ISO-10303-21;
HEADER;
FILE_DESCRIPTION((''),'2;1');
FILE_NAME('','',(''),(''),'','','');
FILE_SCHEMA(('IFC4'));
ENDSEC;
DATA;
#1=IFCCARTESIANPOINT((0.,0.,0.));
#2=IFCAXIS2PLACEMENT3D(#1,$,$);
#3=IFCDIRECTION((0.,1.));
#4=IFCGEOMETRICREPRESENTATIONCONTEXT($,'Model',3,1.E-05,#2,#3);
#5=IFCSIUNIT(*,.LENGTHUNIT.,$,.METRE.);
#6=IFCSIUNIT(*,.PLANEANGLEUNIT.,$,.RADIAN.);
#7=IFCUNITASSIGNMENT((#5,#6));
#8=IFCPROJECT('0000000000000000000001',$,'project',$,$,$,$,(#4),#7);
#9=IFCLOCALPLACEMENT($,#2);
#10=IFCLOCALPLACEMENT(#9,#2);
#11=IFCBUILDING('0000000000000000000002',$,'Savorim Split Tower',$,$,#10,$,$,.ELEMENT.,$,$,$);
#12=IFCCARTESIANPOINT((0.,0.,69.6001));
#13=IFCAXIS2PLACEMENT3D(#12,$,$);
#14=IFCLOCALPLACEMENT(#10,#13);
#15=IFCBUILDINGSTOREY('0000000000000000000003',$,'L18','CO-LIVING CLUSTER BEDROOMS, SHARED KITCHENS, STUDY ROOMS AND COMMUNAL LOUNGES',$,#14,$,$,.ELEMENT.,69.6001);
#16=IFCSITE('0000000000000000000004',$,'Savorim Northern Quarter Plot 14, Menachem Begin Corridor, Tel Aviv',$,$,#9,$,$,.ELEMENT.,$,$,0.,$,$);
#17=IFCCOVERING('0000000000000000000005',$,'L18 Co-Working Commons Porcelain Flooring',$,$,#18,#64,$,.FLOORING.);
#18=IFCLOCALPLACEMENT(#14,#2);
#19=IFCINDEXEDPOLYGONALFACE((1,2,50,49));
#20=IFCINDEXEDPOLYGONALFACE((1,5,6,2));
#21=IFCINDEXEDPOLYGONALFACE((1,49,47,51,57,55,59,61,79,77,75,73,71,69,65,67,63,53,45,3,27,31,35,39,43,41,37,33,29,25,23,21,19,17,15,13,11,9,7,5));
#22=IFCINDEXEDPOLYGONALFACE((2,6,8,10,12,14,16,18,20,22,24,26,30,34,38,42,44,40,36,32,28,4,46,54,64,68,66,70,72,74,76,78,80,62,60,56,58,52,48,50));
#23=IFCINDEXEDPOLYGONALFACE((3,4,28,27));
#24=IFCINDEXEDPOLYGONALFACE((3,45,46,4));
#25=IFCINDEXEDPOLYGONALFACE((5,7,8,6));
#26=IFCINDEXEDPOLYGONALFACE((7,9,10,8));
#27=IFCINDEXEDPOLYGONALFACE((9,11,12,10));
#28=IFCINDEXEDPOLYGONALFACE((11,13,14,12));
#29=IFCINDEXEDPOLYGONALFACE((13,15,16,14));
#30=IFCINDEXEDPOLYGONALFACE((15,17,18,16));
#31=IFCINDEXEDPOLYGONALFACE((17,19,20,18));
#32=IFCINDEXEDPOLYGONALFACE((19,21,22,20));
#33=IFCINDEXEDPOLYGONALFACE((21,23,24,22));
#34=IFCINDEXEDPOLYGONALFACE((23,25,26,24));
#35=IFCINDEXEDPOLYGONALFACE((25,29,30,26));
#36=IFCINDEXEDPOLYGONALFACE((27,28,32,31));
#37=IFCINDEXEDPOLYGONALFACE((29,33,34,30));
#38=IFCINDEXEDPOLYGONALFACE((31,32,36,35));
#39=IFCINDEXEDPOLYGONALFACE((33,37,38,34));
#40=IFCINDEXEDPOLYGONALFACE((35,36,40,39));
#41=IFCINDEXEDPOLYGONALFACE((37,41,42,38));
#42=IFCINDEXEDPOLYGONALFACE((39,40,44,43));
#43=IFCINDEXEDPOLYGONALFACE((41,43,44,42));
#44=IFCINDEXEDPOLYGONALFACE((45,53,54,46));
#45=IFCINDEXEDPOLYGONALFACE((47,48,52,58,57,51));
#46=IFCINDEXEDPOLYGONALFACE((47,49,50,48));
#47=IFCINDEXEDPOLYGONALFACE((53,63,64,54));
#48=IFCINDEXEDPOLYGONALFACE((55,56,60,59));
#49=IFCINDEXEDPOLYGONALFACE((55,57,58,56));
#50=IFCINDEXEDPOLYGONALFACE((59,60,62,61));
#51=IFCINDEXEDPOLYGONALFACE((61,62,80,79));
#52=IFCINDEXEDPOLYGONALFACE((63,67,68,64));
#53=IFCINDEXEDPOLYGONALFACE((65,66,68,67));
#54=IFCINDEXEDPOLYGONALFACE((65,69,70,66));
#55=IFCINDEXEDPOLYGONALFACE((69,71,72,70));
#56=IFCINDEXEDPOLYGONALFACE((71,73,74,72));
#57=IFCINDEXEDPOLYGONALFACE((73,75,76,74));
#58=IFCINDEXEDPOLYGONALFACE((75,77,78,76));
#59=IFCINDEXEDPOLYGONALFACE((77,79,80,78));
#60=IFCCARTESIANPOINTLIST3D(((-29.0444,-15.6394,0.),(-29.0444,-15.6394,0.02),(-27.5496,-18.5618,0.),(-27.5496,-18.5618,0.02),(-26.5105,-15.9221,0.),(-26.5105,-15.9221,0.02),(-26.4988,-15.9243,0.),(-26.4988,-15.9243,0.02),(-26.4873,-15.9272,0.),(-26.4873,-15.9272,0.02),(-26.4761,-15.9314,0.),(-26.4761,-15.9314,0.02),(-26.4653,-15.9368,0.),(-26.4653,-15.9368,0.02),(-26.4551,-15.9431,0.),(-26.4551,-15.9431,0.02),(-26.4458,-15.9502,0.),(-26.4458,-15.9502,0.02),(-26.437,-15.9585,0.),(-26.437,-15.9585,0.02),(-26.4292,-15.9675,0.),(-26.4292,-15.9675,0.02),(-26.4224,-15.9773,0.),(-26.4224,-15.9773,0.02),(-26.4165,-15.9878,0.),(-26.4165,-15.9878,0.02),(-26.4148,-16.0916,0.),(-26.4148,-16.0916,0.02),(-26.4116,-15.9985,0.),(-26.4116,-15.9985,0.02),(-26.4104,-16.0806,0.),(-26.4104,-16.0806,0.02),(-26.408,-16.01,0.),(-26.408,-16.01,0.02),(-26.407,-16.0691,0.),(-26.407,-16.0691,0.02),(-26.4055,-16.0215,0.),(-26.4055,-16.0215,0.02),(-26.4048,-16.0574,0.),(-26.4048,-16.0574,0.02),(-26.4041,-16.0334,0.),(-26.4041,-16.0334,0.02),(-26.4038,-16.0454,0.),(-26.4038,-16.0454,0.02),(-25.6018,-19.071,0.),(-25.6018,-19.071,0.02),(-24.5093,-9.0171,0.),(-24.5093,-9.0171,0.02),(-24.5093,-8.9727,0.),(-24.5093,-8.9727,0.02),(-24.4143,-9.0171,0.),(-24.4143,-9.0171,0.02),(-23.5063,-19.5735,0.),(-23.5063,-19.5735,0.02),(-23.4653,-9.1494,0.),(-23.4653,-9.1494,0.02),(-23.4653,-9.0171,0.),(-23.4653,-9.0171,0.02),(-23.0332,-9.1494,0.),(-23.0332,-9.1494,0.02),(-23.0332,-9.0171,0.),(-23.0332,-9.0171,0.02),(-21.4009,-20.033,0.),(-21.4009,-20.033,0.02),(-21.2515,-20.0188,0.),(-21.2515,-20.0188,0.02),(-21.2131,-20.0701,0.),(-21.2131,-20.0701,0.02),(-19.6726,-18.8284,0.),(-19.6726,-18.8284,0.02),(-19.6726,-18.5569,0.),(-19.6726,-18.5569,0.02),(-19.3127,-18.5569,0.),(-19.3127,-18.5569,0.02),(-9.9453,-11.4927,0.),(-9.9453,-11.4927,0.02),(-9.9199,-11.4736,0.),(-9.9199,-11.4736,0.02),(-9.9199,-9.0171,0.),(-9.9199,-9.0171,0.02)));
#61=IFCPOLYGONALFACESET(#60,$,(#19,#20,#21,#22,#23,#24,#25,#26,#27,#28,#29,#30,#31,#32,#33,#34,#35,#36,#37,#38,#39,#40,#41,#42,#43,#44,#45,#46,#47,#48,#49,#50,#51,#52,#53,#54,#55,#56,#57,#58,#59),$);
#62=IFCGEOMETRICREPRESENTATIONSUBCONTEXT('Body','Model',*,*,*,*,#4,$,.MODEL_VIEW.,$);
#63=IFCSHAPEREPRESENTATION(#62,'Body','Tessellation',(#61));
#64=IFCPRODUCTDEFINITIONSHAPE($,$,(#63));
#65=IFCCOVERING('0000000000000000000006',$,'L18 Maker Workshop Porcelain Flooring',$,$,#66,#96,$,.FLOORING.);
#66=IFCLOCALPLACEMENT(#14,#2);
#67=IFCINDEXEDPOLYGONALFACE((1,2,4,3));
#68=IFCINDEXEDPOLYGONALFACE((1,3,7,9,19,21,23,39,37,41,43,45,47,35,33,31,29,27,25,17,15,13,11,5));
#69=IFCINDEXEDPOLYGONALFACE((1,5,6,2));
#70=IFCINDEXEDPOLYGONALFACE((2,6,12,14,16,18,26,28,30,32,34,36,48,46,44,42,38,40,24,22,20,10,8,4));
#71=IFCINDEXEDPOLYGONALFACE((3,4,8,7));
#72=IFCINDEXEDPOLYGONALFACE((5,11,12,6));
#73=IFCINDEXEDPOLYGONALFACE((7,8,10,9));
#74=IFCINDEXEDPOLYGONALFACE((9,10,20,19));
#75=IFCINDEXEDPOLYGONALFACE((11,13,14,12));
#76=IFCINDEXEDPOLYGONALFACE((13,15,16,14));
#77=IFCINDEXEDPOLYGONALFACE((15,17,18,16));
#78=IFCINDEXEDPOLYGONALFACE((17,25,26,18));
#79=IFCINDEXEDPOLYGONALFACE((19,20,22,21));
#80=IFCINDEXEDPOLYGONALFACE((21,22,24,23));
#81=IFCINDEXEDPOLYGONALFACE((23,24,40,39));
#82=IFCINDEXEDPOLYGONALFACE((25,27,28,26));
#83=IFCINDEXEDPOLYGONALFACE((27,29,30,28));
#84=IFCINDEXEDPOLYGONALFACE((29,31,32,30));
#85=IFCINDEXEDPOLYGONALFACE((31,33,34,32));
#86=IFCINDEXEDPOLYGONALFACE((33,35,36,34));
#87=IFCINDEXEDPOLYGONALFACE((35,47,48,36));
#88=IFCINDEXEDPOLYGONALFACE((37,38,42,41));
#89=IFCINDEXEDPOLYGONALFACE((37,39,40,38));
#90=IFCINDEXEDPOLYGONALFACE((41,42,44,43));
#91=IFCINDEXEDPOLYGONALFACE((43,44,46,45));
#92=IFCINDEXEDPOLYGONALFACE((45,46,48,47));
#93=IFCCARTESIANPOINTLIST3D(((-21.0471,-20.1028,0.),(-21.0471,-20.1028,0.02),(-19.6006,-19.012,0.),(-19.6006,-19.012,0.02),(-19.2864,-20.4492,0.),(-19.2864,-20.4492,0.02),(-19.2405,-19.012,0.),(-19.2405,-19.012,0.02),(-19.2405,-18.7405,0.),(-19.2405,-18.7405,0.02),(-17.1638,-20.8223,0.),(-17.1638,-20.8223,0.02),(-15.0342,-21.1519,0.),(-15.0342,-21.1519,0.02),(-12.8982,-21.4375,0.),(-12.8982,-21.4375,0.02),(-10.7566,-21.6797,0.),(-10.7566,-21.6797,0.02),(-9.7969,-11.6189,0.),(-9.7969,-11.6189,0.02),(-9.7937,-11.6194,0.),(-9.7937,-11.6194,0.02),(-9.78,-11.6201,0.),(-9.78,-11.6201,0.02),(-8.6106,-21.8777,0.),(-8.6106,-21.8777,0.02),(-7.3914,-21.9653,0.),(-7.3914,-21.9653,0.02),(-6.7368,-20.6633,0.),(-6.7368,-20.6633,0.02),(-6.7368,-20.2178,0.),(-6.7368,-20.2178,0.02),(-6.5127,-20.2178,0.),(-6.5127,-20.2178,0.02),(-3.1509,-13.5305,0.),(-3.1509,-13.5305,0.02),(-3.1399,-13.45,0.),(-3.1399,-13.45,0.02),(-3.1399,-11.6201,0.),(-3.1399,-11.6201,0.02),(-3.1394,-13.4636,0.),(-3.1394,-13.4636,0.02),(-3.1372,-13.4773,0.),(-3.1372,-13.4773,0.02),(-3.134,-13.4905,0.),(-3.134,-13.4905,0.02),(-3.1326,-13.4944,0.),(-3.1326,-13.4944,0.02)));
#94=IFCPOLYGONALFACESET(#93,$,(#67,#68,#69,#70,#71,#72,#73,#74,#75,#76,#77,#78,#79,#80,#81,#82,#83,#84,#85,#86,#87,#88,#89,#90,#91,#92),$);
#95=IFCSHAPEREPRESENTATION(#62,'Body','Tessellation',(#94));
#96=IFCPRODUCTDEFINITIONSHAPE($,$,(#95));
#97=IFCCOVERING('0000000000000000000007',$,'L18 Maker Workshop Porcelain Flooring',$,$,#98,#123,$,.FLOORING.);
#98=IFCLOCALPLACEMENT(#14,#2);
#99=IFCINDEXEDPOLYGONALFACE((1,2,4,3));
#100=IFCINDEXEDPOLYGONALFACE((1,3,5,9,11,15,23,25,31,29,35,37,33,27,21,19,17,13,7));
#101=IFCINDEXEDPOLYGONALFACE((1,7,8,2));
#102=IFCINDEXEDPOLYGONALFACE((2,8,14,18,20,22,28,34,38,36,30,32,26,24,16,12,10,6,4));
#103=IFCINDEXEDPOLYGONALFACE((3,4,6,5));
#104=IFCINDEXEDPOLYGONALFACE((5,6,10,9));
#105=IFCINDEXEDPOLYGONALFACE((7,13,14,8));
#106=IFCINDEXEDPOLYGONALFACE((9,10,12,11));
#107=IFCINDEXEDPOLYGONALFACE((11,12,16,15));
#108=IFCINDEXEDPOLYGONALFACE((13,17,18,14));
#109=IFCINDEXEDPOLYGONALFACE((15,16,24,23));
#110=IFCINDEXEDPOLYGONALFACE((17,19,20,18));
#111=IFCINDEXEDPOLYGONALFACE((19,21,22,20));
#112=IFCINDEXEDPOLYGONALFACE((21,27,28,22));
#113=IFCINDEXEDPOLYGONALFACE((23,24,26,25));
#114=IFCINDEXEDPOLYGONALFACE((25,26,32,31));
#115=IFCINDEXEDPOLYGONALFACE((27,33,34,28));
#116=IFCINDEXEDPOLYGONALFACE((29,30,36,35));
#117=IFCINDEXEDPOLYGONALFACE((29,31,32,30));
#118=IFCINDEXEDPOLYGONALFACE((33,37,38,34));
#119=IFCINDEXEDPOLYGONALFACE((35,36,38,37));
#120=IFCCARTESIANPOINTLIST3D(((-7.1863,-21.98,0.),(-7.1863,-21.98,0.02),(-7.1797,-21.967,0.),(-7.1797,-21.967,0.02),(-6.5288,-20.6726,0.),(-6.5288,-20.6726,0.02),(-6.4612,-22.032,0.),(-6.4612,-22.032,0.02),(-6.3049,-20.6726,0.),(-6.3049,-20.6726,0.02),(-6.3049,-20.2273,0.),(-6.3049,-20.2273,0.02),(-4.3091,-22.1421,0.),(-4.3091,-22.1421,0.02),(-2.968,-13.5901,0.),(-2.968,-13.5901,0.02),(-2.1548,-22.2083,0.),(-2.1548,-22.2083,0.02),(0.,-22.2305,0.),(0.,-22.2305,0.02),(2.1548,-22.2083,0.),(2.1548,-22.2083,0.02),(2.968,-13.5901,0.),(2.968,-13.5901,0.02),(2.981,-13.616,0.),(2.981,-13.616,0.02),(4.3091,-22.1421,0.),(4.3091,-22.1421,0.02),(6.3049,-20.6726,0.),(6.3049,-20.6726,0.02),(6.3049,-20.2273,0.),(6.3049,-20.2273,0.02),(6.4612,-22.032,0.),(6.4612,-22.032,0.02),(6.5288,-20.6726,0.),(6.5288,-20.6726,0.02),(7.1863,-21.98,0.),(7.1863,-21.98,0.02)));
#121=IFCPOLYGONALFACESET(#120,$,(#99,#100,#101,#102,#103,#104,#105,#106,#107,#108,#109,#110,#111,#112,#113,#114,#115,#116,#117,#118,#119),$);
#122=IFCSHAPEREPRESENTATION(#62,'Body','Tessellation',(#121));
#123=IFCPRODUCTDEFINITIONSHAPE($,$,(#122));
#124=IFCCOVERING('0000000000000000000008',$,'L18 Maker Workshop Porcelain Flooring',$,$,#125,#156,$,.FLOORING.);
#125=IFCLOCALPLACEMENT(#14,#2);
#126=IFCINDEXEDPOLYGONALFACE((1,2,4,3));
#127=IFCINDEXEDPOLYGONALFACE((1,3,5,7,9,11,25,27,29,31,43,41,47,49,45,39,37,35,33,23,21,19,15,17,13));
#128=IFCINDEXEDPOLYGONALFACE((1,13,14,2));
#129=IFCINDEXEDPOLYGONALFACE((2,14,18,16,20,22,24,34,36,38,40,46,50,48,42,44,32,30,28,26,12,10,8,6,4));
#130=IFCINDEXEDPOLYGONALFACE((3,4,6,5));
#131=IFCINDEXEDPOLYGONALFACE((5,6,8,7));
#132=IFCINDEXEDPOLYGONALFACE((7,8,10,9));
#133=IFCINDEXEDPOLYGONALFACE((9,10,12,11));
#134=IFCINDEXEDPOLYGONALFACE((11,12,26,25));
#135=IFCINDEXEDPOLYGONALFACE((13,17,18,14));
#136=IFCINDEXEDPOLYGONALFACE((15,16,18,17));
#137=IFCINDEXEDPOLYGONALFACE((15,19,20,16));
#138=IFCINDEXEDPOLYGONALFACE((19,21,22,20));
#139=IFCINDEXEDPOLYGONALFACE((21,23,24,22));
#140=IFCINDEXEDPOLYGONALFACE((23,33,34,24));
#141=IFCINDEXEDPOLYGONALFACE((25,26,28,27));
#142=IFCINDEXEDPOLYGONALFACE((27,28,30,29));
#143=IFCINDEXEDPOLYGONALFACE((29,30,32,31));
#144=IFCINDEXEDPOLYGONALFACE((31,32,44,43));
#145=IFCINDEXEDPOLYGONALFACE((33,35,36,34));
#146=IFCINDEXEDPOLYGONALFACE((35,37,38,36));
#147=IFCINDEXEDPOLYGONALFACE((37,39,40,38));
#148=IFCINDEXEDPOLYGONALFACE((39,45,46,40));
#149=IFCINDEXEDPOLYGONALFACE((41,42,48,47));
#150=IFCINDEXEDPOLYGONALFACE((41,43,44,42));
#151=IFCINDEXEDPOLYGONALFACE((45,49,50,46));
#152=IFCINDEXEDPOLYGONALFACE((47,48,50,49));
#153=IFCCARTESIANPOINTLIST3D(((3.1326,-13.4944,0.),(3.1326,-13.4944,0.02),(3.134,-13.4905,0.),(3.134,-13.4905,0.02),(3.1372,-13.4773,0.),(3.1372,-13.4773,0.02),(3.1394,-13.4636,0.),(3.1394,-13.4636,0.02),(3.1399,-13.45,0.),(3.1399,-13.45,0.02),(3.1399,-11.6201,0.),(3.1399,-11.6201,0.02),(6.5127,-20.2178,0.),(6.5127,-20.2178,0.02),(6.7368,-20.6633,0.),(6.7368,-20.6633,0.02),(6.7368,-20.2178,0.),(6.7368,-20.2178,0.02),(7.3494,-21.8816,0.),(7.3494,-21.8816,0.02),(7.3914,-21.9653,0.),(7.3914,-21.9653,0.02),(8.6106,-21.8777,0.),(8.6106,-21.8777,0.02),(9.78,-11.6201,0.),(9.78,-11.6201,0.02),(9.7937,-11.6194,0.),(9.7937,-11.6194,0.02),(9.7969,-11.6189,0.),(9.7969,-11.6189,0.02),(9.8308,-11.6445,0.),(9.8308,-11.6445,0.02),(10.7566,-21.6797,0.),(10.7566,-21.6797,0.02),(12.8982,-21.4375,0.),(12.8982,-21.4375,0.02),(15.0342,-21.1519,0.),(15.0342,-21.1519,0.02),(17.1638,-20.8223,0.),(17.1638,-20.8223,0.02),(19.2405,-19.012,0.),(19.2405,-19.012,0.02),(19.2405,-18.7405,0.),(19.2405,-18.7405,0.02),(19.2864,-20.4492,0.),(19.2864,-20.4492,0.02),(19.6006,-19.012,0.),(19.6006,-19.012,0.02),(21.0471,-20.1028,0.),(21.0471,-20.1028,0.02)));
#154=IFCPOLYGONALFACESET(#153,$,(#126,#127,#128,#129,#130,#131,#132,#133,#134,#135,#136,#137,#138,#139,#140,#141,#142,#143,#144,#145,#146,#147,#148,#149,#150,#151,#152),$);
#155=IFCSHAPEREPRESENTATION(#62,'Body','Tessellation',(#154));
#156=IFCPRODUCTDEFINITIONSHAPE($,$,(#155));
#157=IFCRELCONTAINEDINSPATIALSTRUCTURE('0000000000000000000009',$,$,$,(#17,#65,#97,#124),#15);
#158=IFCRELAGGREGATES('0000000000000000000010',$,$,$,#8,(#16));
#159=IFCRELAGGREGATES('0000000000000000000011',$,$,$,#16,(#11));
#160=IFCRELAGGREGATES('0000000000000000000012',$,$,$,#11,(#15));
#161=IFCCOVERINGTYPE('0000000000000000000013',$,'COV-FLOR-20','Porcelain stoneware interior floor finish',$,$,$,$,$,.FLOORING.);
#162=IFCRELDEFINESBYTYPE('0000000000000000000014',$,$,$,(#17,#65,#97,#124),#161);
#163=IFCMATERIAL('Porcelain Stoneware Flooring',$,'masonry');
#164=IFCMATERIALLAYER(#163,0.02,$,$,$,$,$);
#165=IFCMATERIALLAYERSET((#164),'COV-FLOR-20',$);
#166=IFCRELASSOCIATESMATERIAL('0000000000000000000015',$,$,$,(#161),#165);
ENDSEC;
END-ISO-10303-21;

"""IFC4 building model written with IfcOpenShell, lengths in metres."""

from ifc_helpers import new_model, si_unit, direction, frame, origin, place, context, subcontext, project, spatial, polyline, outline, extrude, material, layer, layer_set, type_object, element, save


model = new_model("IFC4")

# Units and contexts
model_context = context("Model", 3, precision=1e-05, world=origin(), true_north=direction((0.0, 1.0)))
body_context = subcontext(model_context, "Body", "Model", "MODEL_VIEW")
ifc_project = project(units=[si_unit("LENGTHUNIT", "METRE"), si_unit("PLANEANGLEUNIT", "RADIAN")], contexts=[model_context])

# Site, building, storey
site_placement = place(None, origin())
site = spatial("IfcSite", under=ifc_project, at=site_placement, Name="Savorim Northern Quarter Plot 14, Menachem Begin Corridor, Tel Aviv", CompositionType="ELEMENT", RefElevation=0.0)
building_placement = place(site_placement, origin())
building = spatial("IfcBuilding", under=site, at=building_placement, Name="Savorim Split Tower", CompositionType="ELEMENT")
storey_placement = place(building_placement, frame((0.0, 0.0, 69.6001)))
storey = spatial("IfcBuildingStorey", under=building, at=storey_placement, Name="L18", Description="CO-LIVING CLUSTER BEDROOMS, SHARED KITCHENS, STUDY ROOMS AND COMMUNAL LOUNGES", CompositionType="ELEMENT", Elevation=69.6001)

# Coverings
ifc_material_1 = material(Name="Porcelain Stoneware Flooring", Category="masonry")
ifc_layer_1 = layer(ifc_material_1, 0.02)
ifc_layer_set_1 = layer_set([ifc_layer_1], Name="COV-FLOR-20")
covering_type_1 = type_object("IfcCoveringType", Name="COV-FLOR-20", Description="Porcelain stoneware interior floor finish", PredefinedType="FLOORING", material=ifc_layer_set_1)
covering_1_placement = place(storey_placement, origin())
element("IfcCovering", 1, at=covering_1_placement, inside=storey, type_object=covering_type_1, Name="L18 Co-Working Commons Porcelain Flooring", PredefinedType="FLOORING", context=body_context, shape_type="SweptSolid", body=[
    extrude(outline(polyline([(-26.4041, -16.0334), (-26.4038, -16.0454), (-26.4048, -16.0574), (-26.407, -16.0691), (-26.4104, -16.0806), (-26.4148, -16.0916), (-27.5496, -18.5618), (-25.6018, -19.071), (-23.5063, -19.5735), (-21.4009, -20.033), (-21.2131, -20.0701), (-21.2515, -20.0188), (-19.6726, -18.8284), (-19.6726, -18.5569), (-19.3127, -18.5569), (-9.9453, -11.4927), (-9.9199, -11.4736), (-9.9199, -9.0171), (-23.0332, -9.0171), (-23.0332, -9.1494), (-23.4653, -9.1494), (-23.4653, -9.0171), (-24.4143, -9.0171), (-24.5093, -9.0171), (-24.5093, -8.9727), (-29.0444, -15.6394), (-26.5105, -15.9221), (-26.4988, -15.9243), (-26.4873, -15.9272), (-26.4761, -15.9314), (-26.4653, -15.9368), (-26.4551, -15.9431), (-26.4458, -15.9502), (-26.437, -15.9585), (-26.4292, -15.9675), (-26.4224, -15.9773), (-26.4165, -15.9878), (-26.4116, -15.9985), (-26.408, -16.01), (-26.4055, -16.0215), (-26.4041, -16.0334)])), origin(), (0.0, 0.0, 1.0), 0.02),
])
covering_2_placement = place(storey_placement, origin())
element("IfcCovering", 2, at=covering_2_placement, inside=storey, type_object=covering_type_1, Name="L18 Maker Workshop Porcelain Flooring", PredefinedType="FLOORING", context=body_context, shape_type="SweptSolid", body=[
    extrude(outline(polyline([(-15.0342, -21.1519), (-12.8982, -21.4375), (-10.7566, -21.6797), (-8.6106, -21.8777), (-7.3914, -21.9653), (-6.7368, -20.6633), (-6.7368, -20.2178), (-6.5127, -20.2178), (-3.1509, -13.5305), (-3.1326, -13.4944), (-3.134, -13.4905), (-3.1372, -13.4773), (-3.1394, -13.4636), (-3.1399, -13.45), (-3.1399, -11.6201), (-9.78, -11.6201), (-9.7937, -11.6194), (-9.7969, -11.6189), (-19.2405, -18.7405), (-19.2405, -19.012), (-19.6006, -19.012), (-21.0471, -20.1028), (-19.2864, -20.4492), (-17.1638, -20.8223), (-15.0342, -21.1519)])), origin(), (0.0, 0.0, 1.0), 0.02),
])
covering_3_placement = place(storey_placement, origin())
element("IfcCovering", 3, at=covering_3_placement, inside=storey, type_object=covering_type_1, Name="L18 Maker Workshop Porcelain Flooring", PredefinedType="FLOORING", context=body_context, shape_type="SweptSolid", body=[
    extrude(outline(polyline([(0.0, -22.2305), (2.1548, -22.2083), (4.3091, -22.1421), (6.4612, -22.032), (7.1863, -21.98), (6.5288, -20.6726), (6.3049, -20.6726), (6.3049, -20.2273), (2.981, -13.616), (2.968, -13.5901), (-2.968, -13.5901), (-6.3049, -20.2273), (-6.3049, -20.6726), (-6.5288, -20.6726), (-7.1797, -21.967), (-7.1863, -21.98), (-6.4612, -22.032), (-4.3091, -22.1421), (-2.1548, -22.2083), (0.0, -22.2305)])), origin(), (0.0, 0.0, 1.0), 0.02),
])
covering_4_placement = place(storey_placement, origin())
element("IfcCovering", 4, at=covering_4_placement, inside=storey, type_object=covering_type_1, Name="L18 Maker Workshop Porcelain Flooring", PredefinedType="FLOORING", context=body_context, shape_type="SweptSolid", body=[
    extrude(outline(polyline([(12.8982, -21.4375), (15.0342, -21.1519), (17.1638, -20.8223), (19.2864, -20.4492), (21.0471, -20.1028), (19.6006, -19.012), (19.2405, -19.012), (19.2405, -18.7405), (9.8308, -11.6445), (9.7969, -11.6189), (9.7937, -11.6194), (9.78, -11.6201), (3.1399, -11.6201), (3.1399, -13.45), (3.1394, -13.4636), (3.1372, -13.4773), (3.134, -13.4905), (3.1326, -13.4944), (6.5127, -20.2178), (6.7368, -20.2178), (6.7368, -20.6633), (7.3494, -21.8816), (7.3914, -21.9653), (8.6106, -21.8777), (10.7566, -21.6797), (12.8982, -21.4375)])), origin(), (0.0, 0.0, 1.0), 0.02),
])

save(model, "model.ifc")
